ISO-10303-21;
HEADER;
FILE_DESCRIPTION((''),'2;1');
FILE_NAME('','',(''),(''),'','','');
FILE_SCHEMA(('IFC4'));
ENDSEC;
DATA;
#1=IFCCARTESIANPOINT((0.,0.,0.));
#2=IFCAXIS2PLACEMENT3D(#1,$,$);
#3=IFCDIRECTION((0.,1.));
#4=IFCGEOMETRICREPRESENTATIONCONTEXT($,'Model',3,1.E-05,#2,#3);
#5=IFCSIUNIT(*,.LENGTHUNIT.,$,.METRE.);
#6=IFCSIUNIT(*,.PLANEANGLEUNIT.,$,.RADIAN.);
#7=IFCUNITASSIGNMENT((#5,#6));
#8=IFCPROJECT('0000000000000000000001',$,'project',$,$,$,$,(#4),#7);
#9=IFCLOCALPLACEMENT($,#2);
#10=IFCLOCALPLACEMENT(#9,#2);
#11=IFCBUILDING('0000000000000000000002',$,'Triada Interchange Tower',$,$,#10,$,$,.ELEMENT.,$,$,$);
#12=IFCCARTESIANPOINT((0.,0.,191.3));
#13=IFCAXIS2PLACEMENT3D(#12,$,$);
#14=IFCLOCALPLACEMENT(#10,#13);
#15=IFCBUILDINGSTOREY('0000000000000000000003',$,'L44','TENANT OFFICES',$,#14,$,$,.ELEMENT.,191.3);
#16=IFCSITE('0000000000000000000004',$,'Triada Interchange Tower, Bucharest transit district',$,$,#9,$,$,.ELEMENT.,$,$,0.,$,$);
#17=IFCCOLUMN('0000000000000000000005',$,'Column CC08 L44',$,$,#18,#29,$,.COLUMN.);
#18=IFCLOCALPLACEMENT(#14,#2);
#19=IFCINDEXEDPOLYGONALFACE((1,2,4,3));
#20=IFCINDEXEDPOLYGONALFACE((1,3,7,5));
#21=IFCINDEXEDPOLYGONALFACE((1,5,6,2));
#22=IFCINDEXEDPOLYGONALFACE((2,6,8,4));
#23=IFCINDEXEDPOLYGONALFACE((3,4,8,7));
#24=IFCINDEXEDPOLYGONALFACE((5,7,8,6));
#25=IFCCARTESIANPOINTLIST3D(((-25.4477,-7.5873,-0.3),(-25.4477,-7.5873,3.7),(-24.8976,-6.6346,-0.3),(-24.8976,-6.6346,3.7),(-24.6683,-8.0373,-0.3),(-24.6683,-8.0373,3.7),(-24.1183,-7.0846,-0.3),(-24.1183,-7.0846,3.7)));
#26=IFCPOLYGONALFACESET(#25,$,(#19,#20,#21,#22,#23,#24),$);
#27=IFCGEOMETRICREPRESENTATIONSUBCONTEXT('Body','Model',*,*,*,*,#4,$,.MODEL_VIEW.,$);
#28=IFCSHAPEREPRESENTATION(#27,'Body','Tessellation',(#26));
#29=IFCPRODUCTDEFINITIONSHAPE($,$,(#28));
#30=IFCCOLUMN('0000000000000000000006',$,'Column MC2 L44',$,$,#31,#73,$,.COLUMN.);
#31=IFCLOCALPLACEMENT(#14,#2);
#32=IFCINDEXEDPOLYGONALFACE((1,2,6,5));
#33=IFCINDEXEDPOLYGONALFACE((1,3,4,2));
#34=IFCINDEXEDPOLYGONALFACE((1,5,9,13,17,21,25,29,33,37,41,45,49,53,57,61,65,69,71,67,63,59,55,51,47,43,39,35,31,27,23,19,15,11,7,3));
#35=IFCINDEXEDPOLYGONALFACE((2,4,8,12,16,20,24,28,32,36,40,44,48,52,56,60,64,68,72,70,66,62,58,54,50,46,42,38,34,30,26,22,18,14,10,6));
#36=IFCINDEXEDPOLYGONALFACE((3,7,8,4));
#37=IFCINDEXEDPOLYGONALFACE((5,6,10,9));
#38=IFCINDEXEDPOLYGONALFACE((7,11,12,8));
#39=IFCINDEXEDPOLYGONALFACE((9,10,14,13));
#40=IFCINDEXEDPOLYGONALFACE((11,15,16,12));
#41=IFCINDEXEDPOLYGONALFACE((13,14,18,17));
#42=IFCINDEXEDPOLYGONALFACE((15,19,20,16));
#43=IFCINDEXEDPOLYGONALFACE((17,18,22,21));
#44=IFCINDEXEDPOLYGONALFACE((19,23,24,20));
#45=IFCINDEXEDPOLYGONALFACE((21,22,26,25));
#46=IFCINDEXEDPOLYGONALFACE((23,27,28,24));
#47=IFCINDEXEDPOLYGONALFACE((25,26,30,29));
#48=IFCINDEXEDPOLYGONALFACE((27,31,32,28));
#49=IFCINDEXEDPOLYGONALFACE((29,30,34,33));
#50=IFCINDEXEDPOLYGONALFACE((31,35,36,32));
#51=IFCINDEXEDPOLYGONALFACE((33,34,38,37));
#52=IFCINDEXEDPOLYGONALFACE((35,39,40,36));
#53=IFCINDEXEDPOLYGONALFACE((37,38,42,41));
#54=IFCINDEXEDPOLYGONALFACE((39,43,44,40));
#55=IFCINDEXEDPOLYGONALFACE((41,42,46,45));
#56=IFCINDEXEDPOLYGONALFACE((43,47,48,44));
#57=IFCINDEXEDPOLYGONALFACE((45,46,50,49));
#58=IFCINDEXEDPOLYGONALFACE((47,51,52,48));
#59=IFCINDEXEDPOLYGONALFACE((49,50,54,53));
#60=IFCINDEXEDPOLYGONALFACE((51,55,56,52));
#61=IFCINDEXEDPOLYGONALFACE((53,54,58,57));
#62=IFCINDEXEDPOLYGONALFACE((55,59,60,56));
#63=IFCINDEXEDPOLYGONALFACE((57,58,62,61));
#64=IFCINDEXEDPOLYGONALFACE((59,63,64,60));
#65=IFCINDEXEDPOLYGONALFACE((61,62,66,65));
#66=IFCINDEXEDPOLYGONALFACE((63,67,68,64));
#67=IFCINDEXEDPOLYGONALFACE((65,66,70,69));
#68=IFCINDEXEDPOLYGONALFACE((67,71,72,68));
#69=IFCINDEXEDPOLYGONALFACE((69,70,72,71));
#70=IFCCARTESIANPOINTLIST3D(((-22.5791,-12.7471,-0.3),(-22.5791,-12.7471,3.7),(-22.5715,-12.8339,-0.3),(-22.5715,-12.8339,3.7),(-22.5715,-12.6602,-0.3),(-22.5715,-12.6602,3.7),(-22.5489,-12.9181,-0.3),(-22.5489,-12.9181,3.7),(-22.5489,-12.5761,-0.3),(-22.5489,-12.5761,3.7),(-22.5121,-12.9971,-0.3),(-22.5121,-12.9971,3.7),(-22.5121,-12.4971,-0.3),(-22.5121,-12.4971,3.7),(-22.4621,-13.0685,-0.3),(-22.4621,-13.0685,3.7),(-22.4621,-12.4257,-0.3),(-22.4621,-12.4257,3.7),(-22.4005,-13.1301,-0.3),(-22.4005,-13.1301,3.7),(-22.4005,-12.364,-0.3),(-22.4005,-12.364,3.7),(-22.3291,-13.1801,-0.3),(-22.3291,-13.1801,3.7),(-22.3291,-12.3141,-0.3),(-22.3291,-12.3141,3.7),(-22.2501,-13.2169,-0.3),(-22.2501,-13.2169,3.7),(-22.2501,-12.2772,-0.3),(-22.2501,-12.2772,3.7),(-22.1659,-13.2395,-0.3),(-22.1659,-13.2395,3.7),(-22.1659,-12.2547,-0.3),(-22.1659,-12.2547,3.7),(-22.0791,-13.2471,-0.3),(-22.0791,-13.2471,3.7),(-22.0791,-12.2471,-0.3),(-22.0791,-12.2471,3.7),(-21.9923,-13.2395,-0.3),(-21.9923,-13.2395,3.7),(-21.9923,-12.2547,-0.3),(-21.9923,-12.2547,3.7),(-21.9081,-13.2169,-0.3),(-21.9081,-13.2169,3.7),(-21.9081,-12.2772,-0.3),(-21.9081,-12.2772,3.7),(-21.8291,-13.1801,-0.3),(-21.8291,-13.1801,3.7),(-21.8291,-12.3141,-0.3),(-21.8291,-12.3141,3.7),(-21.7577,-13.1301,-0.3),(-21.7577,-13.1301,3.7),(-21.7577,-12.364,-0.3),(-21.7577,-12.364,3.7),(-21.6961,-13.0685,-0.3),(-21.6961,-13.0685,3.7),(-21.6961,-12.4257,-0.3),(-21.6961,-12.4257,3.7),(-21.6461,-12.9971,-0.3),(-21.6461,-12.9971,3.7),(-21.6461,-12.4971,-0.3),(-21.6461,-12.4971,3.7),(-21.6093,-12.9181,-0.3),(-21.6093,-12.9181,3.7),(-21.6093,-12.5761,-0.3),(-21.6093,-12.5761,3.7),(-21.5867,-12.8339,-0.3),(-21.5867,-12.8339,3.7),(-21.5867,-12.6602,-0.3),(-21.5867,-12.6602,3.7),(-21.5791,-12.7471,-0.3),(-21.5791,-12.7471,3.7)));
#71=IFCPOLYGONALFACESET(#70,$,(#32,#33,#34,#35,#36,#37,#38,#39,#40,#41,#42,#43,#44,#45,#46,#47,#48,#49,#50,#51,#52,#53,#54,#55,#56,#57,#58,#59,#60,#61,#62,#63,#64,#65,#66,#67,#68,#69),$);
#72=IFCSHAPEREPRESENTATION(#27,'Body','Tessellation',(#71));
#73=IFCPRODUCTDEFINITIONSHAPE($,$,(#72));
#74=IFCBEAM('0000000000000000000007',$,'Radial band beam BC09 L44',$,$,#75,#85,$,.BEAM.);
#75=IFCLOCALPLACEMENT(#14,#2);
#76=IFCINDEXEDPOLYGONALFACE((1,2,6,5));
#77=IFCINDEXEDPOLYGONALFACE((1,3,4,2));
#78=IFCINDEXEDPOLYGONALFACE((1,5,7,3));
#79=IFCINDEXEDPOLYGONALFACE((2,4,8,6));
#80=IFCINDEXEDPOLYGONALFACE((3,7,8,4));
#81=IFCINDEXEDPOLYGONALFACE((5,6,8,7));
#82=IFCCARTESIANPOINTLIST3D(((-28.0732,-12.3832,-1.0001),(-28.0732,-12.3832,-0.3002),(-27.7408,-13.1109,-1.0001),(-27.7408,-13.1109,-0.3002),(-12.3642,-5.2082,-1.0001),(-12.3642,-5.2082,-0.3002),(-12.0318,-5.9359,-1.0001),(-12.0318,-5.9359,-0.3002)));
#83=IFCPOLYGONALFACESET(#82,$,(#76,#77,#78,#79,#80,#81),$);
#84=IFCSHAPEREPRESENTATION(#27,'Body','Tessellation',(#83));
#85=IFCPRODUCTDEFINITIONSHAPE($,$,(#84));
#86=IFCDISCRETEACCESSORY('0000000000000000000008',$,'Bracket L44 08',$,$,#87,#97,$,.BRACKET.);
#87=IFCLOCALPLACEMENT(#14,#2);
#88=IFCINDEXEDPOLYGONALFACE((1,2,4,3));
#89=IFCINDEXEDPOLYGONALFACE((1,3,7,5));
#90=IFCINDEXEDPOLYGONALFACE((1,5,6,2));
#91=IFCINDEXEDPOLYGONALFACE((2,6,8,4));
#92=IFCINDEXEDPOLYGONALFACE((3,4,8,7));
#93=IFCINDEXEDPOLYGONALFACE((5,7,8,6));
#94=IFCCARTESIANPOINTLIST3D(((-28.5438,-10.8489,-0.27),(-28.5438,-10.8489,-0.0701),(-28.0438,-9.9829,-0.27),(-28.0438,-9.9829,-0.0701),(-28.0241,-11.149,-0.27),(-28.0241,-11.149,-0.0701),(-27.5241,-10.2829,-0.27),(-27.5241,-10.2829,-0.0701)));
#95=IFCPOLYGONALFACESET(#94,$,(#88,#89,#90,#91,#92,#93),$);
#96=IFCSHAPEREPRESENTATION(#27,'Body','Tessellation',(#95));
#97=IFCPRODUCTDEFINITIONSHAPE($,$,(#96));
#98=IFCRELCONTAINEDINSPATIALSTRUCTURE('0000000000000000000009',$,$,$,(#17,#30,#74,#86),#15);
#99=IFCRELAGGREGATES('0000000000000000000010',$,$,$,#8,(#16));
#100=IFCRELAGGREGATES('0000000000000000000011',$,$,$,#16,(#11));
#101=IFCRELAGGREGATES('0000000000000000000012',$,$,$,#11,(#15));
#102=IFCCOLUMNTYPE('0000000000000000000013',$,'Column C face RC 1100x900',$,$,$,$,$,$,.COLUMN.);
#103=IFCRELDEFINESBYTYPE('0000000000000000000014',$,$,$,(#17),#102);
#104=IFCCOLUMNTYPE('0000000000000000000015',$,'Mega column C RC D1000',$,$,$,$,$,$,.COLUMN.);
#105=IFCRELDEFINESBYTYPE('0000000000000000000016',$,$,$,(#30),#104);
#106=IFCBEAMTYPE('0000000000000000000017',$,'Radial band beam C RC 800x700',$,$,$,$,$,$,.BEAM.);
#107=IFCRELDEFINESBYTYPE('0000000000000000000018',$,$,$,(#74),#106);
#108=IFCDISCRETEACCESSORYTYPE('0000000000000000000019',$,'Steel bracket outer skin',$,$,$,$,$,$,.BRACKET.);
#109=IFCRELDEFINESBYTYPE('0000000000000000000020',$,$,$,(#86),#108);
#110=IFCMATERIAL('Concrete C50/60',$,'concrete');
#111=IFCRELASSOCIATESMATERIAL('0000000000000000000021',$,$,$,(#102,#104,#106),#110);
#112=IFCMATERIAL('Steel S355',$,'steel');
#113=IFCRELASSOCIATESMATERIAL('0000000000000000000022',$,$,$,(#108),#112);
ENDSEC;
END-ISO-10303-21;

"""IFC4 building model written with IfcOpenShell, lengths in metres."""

from ifc_helpers import new_model, si_unit, direction, frame, origin, origin_2d, place, context, subcontext, project, spatial, rectangle, circle, extrude, material, material_profile, profile_set, type_object, element, save


model = new_model("IFC4")

# Units and contexts
model_context = context("Model", 3, precision=1e-05, world=origin(), true_north=direction((0.0, 1.0)))
body_context = subcontext(model_context, "Body", "Model", "MODEL_VIEW")
ifc_project = project(units=[si_unit("LENGTHUNIT", "METRE"), si_unit("PLANEANGLEUNIT", "RADIAN")], contexts=[model_context])

# Site, building, storey
site_placement = place(None, origin())
site = spatial("IfcSite", under=ifc_project, at=site_placement, Name="Triada Interchange Tower, Bucharest transit district", CompositionType="ELEMENT", RefElevation=0.0)
building_placement = place(site_placement, origin())
building = spatial("IfcBuilding", under=site, at=building_placement, Name="Triada Interchange Tower", CompositionType="ELEMENT")
storey_placement = place(building_placement, frame((0.0, 0.0, 191.3)))
storey = spatial("IfcBuildingStorey", under=building, at=storey_placement, Name="L44", Description="TENANT OFFICES", CompositionType="ELEMENT", Elevation=191.3)

# Columns
ifc_material_1 = material(Name="Concrete C50/60", Category="concrete")
ifc_material_profile_1 = material_profile(ifc_material_1, rectangle(XDim=1.1001, YDim=0.8999, at=origin_2d()), Name="RC 1100x900")
ifc_profile_set_1 = profile_set([ifc_material_profile_1], Name="Concrete C50/60")
column_type_1 = type_object("IfcColumnType", Name="Column C face RC 1100x900", PredefinedType="COLUMN", material=ifc_profile_set_1)
column_1_placement = place(storey_placement, frame((-24.783, -7.3359, -0.3), z_axis=(0.0, 0.0, 1.0), x_axis=(0.5, 0.866025, 0.0)))
element("IfcColumn", 1, at=column_1_placement, inside=storey, type_object=column_type_1, Name="Column CC08 L44", PredefinedType="COLUMN", context=body_context, shape_type="SweptSolid", body=[
    extrude(rectangle(XDim=1.1001, YDim=0.8999, at=origin_2d()), origin(), (0.0, 0.0, 1.0), 4.0),
])
ifc_material_profile_2 = material_profile(ifc_material_1, circle(Radius=0.5, at=origin_2d()), Name="RC D1000")
ifc_profile_set_2 = profile_set([ifc_material_profile_2], Name="Concrete C50/60")
column_type_2 = type_object("IfcColumnType", Name="Mega column C RC D1000", PredefinedType="COLUMN", material=ifc_profile_set_2)
column_2_placement = place(storey_placement, frame((-22.0791, -12.7471, -0.3), z_axis=(0.0, 0.0, 1.0), x_axis=(1.0, 0.0, 0.0)))
element("IfcColumn", 2, at=column_2_placement, inside=storey, type_object=column_type_2, Name="Column MC2 L44", PredefinedType="COLUMN", context=body_context, shape_type="SweptSolid", body=[
    extrude(circle(Radius=0.5, at=origin_2d()), origin(), (0.0, 0.0, 1.0), 4.0),
])

# Beam
ifc_material_profile_3 = material_profile(ifc_material_1, rectangle(XDim=0.8, YDim=0.7, at=origin_2d()), Name="RC 800x700")
ifc_profile_set_3 = profile_set([ifc_material_profile_3], Name="Concrete C50/60")
beam_type = type_object("IfcBeamType", Name="Radial band beam C RC 800x700", PredefinedType="BEAM", material=ifc_profile_set_3)
beam_placement = place(storey_placement, frame((-27.907, -12.7471, -0.6501), z_axis=(0.90961, 0.415463, 0.0), x_axis=(-0.415463, 0.90961, 0.0)))
element("IfcBeam", 3, at=beam_placement, inside=storey, type_object=beam_type, Name="Radial band beam BC09 L44", PredefinedType="BEAM", context=body_context, shape_type="SweptSolid", body=[
    extrude(rectangle(XDim=0.8, YDim=0.7, at=origin_2d()), origin(), (0.0, 0.0, 1.0), 17.27),
])

# Discrete accessory
ifc_material_2 = material(Name="Steel S355", Category="steel")
discrete_accessory_type = type_object("IfcDiscreteAccessoryType", Name="Steel bracket outer skin", PredefinedType="BRACKET", material=ifc_material_2)
discrete_accessory_placement = place(storey_placement, frame((-28.0339, -10.5659, -0.27), z_axis=(0.0, 0.0, 1.0), x_axis=(-0.866023, 0.500003, 0.0)))
element("IfcDiscreteAccessory", 4, at=discrete_accessory_placement, inside=storey, type_object=discrete_accessory_type, Name="Bracket L44 08", PredefinedType="BRACKET", context=body_context, shape_type="SweptSolid", body=[
    extrude(rectangle(XDim=0.6001, YDim=1.0, at=origin_2d()), origin(), (0.0, 0.0, 1.0), 0.2),
])

save(model, "model.ifc")
